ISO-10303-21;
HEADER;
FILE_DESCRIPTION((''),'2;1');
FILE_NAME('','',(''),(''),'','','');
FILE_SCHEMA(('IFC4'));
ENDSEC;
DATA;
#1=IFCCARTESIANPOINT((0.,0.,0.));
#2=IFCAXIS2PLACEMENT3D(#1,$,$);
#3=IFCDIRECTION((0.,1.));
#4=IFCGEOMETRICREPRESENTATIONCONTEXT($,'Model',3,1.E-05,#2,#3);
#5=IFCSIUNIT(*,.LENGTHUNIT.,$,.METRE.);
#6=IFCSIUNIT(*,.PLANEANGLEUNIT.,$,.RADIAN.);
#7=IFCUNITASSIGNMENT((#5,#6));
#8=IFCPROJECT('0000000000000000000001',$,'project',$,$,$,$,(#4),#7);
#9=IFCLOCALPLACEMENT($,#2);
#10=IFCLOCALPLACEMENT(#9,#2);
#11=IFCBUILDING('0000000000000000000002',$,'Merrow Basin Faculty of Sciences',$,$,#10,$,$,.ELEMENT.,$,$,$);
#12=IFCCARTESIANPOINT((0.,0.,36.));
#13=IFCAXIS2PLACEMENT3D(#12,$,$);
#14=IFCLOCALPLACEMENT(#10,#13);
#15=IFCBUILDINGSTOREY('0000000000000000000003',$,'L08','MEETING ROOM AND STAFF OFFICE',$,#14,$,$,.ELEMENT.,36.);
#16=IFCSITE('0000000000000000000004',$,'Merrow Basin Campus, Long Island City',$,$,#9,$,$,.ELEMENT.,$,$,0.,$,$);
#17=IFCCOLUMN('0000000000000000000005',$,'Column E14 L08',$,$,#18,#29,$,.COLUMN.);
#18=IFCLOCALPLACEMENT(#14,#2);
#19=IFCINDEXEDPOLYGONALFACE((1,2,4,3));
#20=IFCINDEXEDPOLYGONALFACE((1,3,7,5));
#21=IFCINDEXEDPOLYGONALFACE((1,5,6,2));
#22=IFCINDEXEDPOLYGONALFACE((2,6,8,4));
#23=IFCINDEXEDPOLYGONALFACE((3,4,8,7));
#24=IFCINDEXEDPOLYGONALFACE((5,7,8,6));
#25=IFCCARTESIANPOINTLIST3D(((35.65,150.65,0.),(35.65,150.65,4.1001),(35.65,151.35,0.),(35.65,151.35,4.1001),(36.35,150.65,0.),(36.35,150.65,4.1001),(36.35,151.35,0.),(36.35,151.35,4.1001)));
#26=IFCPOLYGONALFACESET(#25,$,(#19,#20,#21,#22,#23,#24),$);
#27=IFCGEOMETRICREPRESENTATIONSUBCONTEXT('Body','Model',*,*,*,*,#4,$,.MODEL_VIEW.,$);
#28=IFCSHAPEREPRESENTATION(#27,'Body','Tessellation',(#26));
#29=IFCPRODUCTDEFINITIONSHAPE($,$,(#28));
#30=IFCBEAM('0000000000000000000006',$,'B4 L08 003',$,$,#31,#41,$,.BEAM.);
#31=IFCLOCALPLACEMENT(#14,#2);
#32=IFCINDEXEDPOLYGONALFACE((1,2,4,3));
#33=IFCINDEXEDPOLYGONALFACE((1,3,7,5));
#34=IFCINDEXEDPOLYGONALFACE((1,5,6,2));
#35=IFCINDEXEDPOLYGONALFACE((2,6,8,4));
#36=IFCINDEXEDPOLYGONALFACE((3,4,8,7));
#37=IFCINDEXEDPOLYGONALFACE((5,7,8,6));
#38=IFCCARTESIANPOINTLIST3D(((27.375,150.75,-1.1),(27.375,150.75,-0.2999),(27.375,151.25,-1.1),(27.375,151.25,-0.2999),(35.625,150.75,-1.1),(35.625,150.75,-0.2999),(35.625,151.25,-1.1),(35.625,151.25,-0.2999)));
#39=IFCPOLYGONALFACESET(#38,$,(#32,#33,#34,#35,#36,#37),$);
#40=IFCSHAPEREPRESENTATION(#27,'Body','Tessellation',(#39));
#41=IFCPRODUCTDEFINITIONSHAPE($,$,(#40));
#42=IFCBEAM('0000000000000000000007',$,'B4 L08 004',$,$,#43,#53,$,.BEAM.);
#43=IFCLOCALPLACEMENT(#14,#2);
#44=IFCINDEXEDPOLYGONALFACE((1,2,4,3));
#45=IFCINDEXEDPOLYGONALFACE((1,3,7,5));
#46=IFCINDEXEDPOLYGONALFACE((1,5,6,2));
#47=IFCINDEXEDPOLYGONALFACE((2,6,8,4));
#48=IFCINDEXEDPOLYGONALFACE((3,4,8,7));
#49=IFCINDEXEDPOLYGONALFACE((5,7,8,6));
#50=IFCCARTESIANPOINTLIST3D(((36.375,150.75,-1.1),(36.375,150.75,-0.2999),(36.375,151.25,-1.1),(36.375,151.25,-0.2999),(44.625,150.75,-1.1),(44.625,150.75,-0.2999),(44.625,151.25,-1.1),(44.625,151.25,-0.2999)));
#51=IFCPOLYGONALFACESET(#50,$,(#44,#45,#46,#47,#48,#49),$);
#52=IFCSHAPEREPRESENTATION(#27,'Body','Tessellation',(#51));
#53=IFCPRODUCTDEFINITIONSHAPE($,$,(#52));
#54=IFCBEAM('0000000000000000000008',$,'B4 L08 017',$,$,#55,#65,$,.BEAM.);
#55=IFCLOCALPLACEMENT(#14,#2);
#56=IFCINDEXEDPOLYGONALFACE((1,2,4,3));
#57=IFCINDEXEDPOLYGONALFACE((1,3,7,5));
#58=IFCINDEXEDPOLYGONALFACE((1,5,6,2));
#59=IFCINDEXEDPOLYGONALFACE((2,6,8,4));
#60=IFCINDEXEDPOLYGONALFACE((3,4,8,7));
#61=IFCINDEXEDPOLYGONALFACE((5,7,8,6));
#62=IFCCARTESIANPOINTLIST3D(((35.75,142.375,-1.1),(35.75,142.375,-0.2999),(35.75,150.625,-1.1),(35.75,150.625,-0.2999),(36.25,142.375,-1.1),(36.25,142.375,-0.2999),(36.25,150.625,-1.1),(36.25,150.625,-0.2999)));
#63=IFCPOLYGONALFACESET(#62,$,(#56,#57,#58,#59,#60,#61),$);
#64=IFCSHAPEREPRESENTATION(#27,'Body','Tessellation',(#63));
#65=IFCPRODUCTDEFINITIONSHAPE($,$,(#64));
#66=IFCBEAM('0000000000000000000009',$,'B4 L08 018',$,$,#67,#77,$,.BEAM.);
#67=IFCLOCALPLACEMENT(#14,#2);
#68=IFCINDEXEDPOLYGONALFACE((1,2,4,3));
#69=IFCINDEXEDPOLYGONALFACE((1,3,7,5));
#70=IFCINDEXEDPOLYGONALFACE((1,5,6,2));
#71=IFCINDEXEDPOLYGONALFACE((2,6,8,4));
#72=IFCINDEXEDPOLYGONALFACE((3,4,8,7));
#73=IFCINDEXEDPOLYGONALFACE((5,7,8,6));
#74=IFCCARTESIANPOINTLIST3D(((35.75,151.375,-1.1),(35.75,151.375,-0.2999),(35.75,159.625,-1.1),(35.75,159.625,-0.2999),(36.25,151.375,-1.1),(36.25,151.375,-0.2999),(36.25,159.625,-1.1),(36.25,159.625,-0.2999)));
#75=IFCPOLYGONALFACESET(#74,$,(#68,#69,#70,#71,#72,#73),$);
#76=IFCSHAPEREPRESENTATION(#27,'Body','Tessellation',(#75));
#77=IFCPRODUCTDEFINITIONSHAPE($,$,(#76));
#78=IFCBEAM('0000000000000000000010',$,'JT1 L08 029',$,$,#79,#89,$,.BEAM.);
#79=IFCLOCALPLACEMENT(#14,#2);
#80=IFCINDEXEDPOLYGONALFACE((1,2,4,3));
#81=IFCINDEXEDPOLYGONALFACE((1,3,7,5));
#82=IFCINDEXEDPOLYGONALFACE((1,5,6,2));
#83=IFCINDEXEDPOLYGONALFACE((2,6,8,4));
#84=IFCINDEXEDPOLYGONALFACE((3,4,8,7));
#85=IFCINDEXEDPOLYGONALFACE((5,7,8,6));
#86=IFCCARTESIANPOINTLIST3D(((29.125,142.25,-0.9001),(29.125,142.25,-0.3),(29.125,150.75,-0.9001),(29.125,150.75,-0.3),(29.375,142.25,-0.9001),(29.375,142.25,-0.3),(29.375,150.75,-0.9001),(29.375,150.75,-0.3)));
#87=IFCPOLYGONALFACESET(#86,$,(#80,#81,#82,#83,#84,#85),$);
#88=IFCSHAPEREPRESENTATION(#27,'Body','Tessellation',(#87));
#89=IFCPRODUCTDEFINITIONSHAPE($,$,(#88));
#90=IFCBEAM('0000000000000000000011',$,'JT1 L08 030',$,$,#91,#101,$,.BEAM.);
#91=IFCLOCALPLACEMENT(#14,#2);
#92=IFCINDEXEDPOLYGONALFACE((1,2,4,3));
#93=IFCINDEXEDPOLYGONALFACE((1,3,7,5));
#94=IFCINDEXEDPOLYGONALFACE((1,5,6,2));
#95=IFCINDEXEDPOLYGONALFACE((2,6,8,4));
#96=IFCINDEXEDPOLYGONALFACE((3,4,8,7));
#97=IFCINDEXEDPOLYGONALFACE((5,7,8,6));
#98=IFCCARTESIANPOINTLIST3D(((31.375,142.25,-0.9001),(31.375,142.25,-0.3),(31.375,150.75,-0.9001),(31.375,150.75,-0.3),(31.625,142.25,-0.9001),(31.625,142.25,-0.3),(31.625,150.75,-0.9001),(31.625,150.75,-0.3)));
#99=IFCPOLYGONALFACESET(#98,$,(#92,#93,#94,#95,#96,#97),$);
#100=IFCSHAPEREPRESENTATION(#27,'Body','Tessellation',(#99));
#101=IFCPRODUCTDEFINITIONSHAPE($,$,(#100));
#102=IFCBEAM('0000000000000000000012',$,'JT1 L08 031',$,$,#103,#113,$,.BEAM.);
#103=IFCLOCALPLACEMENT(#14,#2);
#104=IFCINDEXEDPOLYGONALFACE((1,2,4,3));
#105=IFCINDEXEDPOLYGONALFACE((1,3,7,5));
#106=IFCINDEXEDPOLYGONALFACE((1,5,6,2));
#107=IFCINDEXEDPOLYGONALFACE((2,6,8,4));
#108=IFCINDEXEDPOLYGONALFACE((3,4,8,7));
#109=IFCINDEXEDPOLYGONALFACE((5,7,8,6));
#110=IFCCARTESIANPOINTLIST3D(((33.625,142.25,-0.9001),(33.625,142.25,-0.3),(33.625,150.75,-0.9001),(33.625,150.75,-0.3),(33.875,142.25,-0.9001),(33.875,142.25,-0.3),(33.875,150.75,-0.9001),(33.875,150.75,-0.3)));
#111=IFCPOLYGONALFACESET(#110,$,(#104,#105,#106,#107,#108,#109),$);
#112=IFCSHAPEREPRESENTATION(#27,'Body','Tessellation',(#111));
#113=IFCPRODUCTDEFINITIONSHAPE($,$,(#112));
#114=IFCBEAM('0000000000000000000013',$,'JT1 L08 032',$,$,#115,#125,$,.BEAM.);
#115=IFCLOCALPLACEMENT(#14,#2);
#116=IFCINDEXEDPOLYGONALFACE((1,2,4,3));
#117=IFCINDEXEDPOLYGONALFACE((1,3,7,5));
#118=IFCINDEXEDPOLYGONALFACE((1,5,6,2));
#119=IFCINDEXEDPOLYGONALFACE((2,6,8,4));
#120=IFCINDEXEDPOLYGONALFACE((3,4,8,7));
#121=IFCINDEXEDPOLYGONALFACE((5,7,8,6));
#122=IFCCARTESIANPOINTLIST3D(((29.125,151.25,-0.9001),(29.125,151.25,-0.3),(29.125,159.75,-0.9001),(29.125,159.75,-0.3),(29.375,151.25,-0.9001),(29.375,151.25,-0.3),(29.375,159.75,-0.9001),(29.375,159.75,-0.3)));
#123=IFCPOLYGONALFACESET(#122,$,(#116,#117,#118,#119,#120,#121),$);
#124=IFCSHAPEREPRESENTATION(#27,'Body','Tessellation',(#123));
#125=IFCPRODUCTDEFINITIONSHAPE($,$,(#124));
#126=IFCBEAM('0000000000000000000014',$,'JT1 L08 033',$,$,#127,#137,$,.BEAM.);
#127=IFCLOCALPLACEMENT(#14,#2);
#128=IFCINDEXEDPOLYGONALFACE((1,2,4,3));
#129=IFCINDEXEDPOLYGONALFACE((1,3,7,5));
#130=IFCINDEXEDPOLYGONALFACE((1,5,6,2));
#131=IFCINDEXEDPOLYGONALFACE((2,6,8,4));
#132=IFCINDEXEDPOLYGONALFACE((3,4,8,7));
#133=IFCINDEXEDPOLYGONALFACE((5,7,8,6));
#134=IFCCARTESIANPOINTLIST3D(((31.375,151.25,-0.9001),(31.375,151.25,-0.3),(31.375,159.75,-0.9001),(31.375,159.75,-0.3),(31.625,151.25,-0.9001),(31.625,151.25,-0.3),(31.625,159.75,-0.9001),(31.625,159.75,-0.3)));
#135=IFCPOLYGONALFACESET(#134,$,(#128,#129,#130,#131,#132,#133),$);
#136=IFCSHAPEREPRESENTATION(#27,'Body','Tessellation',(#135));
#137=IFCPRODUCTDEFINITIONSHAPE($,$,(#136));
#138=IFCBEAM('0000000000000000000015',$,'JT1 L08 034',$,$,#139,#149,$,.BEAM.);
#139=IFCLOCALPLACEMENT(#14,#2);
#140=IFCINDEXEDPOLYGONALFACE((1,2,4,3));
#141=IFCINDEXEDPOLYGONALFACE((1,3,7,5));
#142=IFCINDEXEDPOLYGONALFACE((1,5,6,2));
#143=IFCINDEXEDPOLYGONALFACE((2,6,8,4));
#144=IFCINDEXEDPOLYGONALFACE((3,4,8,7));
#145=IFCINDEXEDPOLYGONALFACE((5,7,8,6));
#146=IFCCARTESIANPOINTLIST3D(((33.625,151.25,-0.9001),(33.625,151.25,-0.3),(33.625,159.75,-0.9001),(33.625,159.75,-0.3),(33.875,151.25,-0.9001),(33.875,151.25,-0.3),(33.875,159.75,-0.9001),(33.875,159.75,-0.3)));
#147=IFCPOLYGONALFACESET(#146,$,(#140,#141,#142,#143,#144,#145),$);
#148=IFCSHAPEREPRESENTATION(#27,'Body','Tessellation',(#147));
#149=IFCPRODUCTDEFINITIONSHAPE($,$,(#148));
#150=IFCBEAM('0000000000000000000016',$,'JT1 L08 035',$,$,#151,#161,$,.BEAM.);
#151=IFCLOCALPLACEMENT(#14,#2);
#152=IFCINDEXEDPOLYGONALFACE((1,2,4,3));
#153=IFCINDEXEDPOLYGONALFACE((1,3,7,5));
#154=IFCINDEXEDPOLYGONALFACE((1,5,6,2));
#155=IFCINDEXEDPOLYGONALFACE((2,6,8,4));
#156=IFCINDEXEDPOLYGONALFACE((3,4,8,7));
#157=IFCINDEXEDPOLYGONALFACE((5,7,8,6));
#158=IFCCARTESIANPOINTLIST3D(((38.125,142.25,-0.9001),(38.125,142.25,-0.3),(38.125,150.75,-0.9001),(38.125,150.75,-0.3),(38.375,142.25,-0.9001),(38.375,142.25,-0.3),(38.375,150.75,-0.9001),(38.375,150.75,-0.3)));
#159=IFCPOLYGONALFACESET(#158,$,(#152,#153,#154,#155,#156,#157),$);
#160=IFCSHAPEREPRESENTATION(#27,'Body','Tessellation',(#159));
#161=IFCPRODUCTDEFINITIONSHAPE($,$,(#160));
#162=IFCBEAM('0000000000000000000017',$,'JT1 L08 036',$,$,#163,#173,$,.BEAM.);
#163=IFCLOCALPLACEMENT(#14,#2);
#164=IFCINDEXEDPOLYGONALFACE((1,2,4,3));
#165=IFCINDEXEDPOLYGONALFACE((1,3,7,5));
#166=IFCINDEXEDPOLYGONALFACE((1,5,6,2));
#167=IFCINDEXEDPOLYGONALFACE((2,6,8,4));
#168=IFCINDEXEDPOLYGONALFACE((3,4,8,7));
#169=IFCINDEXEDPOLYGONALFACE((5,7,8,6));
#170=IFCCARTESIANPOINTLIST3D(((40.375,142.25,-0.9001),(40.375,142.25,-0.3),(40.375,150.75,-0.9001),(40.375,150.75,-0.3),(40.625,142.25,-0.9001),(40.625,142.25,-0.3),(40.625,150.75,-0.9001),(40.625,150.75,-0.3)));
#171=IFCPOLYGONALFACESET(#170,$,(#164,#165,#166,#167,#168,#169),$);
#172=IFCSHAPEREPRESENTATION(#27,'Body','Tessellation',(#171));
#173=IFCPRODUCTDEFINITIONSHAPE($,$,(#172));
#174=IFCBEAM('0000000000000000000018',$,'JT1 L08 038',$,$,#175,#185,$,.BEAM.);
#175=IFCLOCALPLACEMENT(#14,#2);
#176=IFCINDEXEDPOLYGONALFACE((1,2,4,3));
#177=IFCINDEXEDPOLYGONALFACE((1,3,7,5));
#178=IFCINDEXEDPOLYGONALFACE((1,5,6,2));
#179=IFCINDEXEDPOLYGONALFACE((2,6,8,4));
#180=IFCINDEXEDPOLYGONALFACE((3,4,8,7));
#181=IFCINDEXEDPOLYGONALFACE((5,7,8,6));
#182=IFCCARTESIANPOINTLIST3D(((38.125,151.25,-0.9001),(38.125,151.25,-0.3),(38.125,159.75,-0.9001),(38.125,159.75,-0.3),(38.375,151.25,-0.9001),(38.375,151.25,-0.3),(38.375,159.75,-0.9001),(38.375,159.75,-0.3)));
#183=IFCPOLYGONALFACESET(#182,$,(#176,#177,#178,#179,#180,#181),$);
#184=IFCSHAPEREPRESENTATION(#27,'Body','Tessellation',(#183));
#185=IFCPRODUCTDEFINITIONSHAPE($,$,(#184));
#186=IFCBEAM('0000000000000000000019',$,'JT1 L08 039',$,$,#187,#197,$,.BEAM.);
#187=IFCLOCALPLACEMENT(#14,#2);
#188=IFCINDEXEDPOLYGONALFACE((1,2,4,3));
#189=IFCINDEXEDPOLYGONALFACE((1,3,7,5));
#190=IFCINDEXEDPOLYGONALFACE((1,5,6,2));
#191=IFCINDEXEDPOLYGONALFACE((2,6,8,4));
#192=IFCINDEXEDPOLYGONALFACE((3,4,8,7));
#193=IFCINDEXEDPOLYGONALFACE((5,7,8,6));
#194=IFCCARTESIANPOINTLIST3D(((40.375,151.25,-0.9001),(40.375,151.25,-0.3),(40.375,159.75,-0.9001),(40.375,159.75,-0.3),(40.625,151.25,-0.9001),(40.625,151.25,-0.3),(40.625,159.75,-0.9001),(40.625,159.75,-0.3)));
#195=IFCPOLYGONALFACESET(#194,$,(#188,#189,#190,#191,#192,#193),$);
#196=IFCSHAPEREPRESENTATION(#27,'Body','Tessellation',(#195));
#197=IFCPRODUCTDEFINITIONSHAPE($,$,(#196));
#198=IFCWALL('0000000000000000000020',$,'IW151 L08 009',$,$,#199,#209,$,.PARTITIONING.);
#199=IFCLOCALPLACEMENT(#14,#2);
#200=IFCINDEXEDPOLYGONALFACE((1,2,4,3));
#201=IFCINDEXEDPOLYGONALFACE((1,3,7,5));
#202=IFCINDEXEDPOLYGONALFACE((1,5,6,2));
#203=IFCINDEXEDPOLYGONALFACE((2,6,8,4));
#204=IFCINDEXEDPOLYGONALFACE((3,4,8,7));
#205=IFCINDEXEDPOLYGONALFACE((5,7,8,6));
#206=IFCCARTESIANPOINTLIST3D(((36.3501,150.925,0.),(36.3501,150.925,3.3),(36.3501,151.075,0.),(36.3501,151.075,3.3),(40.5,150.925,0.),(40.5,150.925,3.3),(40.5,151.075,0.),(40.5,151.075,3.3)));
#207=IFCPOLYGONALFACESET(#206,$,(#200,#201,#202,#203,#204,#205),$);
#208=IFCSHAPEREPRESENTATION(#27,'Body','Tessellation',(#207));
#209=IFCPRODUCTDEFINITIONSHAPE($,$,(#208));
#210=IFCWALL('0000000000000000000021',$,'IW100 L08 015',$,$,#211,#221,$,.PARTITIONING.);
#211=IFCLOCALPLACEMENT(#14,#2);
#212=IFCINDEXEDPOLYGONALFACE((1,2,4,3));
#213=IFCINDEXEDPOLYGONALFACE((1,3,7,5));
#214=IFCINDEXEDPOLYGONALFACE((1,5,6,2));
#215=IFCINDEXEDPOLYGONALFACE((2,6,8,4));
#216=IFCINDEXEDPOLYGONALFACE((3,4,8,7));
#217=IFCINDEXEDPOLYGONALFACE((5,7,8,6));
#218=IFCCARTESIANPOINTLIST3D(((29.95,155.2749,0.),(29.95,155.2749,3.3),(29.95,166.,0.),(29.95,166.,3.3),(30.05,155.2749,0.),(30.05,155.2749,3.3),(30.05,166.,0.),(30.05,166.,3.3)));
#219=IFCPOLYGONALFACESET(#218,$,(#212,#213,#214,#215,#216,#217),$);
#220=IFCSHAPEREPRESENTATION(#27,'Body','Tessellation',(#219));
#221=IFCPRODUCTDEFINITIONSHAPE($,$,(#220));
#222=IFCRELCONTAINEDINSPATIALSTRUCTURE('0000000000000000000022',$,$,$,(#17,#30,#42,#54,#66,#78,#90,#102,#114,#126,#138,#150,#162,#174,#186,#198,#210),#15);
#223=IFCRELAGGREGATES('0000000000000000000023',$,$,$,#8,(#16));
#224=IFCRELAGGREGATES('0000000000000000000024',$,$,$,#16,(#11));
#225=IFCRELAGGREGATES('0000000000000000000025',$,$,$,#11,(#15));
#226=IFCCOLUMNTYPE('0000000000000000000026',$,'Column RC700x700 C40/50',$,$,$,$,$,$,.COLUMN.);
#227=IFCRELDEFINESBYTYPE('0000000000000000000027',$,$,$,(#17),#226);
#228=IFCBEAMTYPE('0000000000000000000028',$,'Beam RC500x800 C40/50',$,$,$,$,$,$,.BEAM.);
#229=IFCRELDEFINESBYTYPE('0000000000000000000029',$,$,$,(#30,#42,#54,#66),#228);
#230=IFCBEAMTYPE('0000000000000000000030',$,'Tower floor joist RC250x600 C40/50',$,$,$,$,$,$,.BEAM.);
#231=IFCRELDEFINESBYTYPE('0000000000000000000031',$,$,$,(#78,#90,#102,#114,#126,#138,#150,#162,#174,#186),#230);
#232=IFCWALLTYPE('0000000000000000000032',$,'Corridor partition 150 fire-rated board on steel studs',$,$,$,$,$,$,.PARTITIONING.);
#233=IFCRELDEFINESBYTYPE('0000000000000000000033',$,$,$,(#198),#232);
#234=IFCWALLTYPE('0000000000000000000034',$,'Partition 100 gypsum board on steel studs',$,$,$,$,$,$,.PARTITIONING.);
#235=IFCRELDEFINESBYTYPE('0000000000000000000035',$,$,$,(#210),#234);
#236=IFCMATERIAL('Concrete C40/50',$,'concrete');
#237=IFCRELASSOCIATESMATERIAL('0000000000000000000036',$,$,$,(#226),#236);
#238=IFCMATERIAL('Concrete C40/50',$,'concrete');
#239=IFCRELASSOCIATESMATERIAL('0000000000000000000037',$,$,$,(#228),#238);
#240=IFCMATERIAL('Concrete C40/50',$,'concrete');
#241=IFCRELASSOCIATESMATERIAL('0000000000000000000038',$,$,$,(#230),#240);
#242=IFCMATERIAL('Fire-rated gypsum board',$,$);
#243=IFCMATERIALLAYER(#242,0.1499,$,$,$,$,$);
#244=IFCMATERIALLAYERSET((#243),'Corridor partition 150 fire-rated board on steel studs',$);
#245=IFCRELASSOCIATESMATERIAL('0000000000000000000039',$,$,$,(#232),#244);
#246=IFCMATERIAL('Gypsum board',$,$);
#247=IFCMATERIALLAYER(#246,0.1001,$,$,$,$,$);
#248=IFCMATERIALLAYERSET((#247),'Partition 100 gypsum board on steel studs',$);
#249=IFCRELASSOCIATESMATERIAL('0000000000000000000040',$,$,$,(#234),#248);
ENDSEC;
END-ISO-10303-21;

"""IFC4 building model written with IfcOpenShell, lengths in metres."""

from ifc_helpers import new_model, si_unit, direction, frame, frame_2d, origin, origin_2d, place, context, subcontext, project, spatial, rectangle, extrude, material, layer, layer_set, material_profile, profile_set, type_object, element, save


model = new_model("IFC4")

# Units and contexts
model_context = context("Model", 3, precision=1e-05, world=origin(), true_north=direction((0.0, 1.0)))
body_context = subcontext(model_context, "Body", "Model", "MODEL_VIEW")
ifc_project = project(units=[si_unit("LENGTHUNIT", "METRE"), si_unit("PLANEANGLEUNIT", "RADIAN")], contexts=[model_context])

# Site, building, storey
site_placement = place(None, origin())
site = spatial("IfcSite", under=ifc_project, at=site_placement, Name="Merrow Basin Campus, Long Island City", CompositionType="ELEMENT", RefElevation=0.0)
building_placement = place(site_placement, origin())
building = spatial("IfcBuilding", under=site, at=building_placement, Name="Merrow Basin Faculty of Sciences", CompositionType="ELEMENT")
storey_placement = place(building_placement, frame((0.0, 0.0, 36.0)))
storey = spatial("IfcBuildingStorey", under=building, at=storey_placement, Name="L08", Description="MEETING ROOM AND STAFF OFFICE", CompositionType="ELEMENT", Elevation=36.0)

# Column
ifc_material_1 = material(Name="Concrete C40/50", Category="concrete")
ifc_material_profile_1 = material_profile(ifc_material_1, rectangle(XDim=0.7, YDim=0.7, at=origin_2d()))
ifc_profile_set_1 = profile_set([ifc_material_profile_1], Name="Concrete C40/50")
column_type = type_object("IfcColumnType", Name="Column RC700x700 C40/50", PredefinedType="COLUMN", material=ifc_profile_set_1)
column_placement = place(storey_placement, frame((36.0, 151.0, 0.0), z_axis=(0.0, 0.0, 1.0), x_axis=(1.0, 0.0, 0.0)))
element("IfcColumn", 1, at=column_placement, inside=storey, type_object=column_type, Name="Column E14 L08", PredefinedType="COLUMN", context=body_context, shape_type="SweptSolid", body=[
    extrude(rectangle(XDim=0.7, YDim=0.7, at=origin_2d()), origin(), (0.0, 0.0, 1.0), 4.1001),
])

# Beams
ifc_material_2 = material(Name="Concrete C40/50", Category="concrete")
ifc_material_profile_2 = material_profile(ifc_material_2, rectangle(XDim=0.5, YDim=0.8, at=origin_2d()))
ifc_profile_set_2 = profile_set([ifc_material_profile_2], Name="Concrete C40/50")
beam_type_1 = type_object("IfcBeamType", Name="Beam RC500x800 C40/50", PredefinedType="BEAM", material=ifc_profile_set_2)
for number, where, z_axis, x_axis, name in (
    (2, (27.375, 151.0, -0.7), (1.0, 0.0, 0.0), (0.0, 1.0, 0.0), "B4 L08 003"),
    (3, (36.375, 151.0, -0.7), (1.0, 0.0, 0.0), (0.0, 1.0, 0.0), "B4 L08 004"),
    (4, (36.0, 142.375, -0.7), (0.0, 1.0, 0.0), (-1.0, 0.0, 0.0), "B4 L08 017"),
    (5, (36.0, 151.375, -0.7), (0.0, 1.0, 0.0), (-1.0, 0.0, 0.0), "B4 L08 018"),
):
    element("IfcBeam", number, at=place(storey_placement, frame(where, z_axis=z_axis, x_axis=x_axis)), inside=storey, type_object=beam_type_1, Name=name, PredefinedType="BEAM", context=body_context, shape_type="SweptSolid", body=[
        extrude(rectangle(XDim=0.5, YDim=0.8, at=origin_2d()), origin(), (0.0, 0.0, 1.0), 8.25),
    ])
ifc_material_3 = material(Name="Concrete C40/50", Category="concrete")
ifc_material_profile_3 = material_profile(ifc_material_3, rectangle(XDim=0.25, YDim=0.6001, at=origin_2d()))
ifc_profile_set_3 = profile_set([ifc_material_profile_3], Name="Concrete C40/50")
beam_type_2 = type_object("IfcBeamType", Name="Tower floor joist RC250x600 C40/50", PredefinedType="BEAM", material=ifc_profile_set_3)
for number, where, z_axis, x_axis, name in (
    (6, (29.25, 142.25, -0.6001), (0.0, 1.0, 0.0), (-1.0, 0.0, 0.0), "JT1 L08 029"),
    (7, (31.5, 142.25, -0.6001), (0.0, 1.0, 0.0), (-1.0, 0.0, 0.0), "JT1 L08 030"),
    (8, (33.75, 142.25, -0.6001), (0.0, 1.0, 0.0), (-1.0, 0.0, 0.0), "JT1 L08 031"),
    (9, (29.25, 151.25, -0.6001), (0.0, 1.0, 0.0), (-1.0, 0.0, 0.0), "JT1 L08 032"),
    (10, (31.5, 151.25, -0.6001), (0.0, 1.0, 0.0), (-1.0, 0.0, 0.0), "JT1 L08 033"),
    (11, (33.75, 151.25, -0.6001), (0.0, 1.0, 0.0), (-1.0, 0.0, 0.0), "JT1 L08 034"),
    (12, (38.25, 142.25, -0.6001), (0.0, 1.0, 0.0), (-1.0, 0.0, 0.0), "JT1 L08 035"),
    (13, (40.5, 142.25, -0.6001), (0.0, 1.0, 0.0), (-1.0, 0.0, 0.0), "JT1 L08 036"),
    (14, (38.25, 151.25, -0.6001), (0.0, 1.0, 0.0), (-1.0, 0.0, 0.0), "JT1 L08 038"),
    (15, (40.5, 151.25, -0.6001), (0.0, 1.0, 0.0), (-1.0, 0.0, 0.0), "JT1 L08 039"),
):
    element("IfcBeam", number, at=place(storey_placement, frame(where, z_axis=z_axis, x_axis=x_axis)), inside=storey, type_object=beam_type_2, Name=name, PredefinedType="BEAM", context=body_context, shape_type="SweptSolid", body=[
        extrude(rectangle(XDim=0.25, YDim=0.6001, at=origin_2d()), origin(), (0.0, 0.0, 1.0), 8.5),
    ])

# Walls
ifc_material_4 = material(Name="Fire-rated gypsum board")
ifc_layer_1 = layer(ifc_material_4, 0.1499)
ifc_layer_set_1 = layer_set([ifc_layer_1], Name="Corridor partition 150 fire-rated board on steel studs")
wall_type_1 = type_object("IfcWallType", Name="Corridor partition 150 fire-rated board on steel studs", PredefinedType="PARTITIONING", material=ifc_layer_set_1)
wall_1_placement = place(storey_placement, frame((36.3501, 151.0, 0.0), z_axis=(0.0, 0.0, 1.0), x_axis=(1.0, 0.0, 0.0)))
element("IfcWall", 16, at=wall_1_placement, inside=storey, type_object=wall_type_1, Name="IW151 L08 009", PredefinedType="PARTITIONING", context=body_context, shape_type="SweptSolid", body=[
    extrude(rectangle(XDim=4.1499, YDim=0.1499, at=frame_2d((2.075, 0.0))), origin(), (0.0, 0.0, 1.0), 3.3),
])
ifc_material_5 = material(Name="Gypsum board")
ifc_layer_2 = layer(ifc_material_5, 0.1001)
ifc_layer_set_2 = layer_set([ifc_layer_2], Name="Partition 100 gypsum board on steel studs")
wall_type_2 = type_object("IfcWallType", Name="Partition 100 gypsum board on steel studs", PredefinedType="PARTITIONING", material=ifc_layer_set_2)
wall_2_placement = place(storey_placement, frame((30.0, 155.2749, 0.0), z_axis=(0.0, 0.0, 1.0), x_axis=(0.0, 1.0, 0.0)))
element("IfcWall", 17, at=wall_2_placement, inside=storey, type_object=wall_type_2, Name="IW100 L08 015", PredefinedType="PARTITIONING", context=body_context, shape_type="SweptSolid", body=[
    extrude(rectangle(XDim=10.7251, YDim=0.1001, at=frame_2d((5.3625, 0.0))), origin(), (0.0, 0.0, 1.0), 3.3),
])

save(model, "model.ifc")
